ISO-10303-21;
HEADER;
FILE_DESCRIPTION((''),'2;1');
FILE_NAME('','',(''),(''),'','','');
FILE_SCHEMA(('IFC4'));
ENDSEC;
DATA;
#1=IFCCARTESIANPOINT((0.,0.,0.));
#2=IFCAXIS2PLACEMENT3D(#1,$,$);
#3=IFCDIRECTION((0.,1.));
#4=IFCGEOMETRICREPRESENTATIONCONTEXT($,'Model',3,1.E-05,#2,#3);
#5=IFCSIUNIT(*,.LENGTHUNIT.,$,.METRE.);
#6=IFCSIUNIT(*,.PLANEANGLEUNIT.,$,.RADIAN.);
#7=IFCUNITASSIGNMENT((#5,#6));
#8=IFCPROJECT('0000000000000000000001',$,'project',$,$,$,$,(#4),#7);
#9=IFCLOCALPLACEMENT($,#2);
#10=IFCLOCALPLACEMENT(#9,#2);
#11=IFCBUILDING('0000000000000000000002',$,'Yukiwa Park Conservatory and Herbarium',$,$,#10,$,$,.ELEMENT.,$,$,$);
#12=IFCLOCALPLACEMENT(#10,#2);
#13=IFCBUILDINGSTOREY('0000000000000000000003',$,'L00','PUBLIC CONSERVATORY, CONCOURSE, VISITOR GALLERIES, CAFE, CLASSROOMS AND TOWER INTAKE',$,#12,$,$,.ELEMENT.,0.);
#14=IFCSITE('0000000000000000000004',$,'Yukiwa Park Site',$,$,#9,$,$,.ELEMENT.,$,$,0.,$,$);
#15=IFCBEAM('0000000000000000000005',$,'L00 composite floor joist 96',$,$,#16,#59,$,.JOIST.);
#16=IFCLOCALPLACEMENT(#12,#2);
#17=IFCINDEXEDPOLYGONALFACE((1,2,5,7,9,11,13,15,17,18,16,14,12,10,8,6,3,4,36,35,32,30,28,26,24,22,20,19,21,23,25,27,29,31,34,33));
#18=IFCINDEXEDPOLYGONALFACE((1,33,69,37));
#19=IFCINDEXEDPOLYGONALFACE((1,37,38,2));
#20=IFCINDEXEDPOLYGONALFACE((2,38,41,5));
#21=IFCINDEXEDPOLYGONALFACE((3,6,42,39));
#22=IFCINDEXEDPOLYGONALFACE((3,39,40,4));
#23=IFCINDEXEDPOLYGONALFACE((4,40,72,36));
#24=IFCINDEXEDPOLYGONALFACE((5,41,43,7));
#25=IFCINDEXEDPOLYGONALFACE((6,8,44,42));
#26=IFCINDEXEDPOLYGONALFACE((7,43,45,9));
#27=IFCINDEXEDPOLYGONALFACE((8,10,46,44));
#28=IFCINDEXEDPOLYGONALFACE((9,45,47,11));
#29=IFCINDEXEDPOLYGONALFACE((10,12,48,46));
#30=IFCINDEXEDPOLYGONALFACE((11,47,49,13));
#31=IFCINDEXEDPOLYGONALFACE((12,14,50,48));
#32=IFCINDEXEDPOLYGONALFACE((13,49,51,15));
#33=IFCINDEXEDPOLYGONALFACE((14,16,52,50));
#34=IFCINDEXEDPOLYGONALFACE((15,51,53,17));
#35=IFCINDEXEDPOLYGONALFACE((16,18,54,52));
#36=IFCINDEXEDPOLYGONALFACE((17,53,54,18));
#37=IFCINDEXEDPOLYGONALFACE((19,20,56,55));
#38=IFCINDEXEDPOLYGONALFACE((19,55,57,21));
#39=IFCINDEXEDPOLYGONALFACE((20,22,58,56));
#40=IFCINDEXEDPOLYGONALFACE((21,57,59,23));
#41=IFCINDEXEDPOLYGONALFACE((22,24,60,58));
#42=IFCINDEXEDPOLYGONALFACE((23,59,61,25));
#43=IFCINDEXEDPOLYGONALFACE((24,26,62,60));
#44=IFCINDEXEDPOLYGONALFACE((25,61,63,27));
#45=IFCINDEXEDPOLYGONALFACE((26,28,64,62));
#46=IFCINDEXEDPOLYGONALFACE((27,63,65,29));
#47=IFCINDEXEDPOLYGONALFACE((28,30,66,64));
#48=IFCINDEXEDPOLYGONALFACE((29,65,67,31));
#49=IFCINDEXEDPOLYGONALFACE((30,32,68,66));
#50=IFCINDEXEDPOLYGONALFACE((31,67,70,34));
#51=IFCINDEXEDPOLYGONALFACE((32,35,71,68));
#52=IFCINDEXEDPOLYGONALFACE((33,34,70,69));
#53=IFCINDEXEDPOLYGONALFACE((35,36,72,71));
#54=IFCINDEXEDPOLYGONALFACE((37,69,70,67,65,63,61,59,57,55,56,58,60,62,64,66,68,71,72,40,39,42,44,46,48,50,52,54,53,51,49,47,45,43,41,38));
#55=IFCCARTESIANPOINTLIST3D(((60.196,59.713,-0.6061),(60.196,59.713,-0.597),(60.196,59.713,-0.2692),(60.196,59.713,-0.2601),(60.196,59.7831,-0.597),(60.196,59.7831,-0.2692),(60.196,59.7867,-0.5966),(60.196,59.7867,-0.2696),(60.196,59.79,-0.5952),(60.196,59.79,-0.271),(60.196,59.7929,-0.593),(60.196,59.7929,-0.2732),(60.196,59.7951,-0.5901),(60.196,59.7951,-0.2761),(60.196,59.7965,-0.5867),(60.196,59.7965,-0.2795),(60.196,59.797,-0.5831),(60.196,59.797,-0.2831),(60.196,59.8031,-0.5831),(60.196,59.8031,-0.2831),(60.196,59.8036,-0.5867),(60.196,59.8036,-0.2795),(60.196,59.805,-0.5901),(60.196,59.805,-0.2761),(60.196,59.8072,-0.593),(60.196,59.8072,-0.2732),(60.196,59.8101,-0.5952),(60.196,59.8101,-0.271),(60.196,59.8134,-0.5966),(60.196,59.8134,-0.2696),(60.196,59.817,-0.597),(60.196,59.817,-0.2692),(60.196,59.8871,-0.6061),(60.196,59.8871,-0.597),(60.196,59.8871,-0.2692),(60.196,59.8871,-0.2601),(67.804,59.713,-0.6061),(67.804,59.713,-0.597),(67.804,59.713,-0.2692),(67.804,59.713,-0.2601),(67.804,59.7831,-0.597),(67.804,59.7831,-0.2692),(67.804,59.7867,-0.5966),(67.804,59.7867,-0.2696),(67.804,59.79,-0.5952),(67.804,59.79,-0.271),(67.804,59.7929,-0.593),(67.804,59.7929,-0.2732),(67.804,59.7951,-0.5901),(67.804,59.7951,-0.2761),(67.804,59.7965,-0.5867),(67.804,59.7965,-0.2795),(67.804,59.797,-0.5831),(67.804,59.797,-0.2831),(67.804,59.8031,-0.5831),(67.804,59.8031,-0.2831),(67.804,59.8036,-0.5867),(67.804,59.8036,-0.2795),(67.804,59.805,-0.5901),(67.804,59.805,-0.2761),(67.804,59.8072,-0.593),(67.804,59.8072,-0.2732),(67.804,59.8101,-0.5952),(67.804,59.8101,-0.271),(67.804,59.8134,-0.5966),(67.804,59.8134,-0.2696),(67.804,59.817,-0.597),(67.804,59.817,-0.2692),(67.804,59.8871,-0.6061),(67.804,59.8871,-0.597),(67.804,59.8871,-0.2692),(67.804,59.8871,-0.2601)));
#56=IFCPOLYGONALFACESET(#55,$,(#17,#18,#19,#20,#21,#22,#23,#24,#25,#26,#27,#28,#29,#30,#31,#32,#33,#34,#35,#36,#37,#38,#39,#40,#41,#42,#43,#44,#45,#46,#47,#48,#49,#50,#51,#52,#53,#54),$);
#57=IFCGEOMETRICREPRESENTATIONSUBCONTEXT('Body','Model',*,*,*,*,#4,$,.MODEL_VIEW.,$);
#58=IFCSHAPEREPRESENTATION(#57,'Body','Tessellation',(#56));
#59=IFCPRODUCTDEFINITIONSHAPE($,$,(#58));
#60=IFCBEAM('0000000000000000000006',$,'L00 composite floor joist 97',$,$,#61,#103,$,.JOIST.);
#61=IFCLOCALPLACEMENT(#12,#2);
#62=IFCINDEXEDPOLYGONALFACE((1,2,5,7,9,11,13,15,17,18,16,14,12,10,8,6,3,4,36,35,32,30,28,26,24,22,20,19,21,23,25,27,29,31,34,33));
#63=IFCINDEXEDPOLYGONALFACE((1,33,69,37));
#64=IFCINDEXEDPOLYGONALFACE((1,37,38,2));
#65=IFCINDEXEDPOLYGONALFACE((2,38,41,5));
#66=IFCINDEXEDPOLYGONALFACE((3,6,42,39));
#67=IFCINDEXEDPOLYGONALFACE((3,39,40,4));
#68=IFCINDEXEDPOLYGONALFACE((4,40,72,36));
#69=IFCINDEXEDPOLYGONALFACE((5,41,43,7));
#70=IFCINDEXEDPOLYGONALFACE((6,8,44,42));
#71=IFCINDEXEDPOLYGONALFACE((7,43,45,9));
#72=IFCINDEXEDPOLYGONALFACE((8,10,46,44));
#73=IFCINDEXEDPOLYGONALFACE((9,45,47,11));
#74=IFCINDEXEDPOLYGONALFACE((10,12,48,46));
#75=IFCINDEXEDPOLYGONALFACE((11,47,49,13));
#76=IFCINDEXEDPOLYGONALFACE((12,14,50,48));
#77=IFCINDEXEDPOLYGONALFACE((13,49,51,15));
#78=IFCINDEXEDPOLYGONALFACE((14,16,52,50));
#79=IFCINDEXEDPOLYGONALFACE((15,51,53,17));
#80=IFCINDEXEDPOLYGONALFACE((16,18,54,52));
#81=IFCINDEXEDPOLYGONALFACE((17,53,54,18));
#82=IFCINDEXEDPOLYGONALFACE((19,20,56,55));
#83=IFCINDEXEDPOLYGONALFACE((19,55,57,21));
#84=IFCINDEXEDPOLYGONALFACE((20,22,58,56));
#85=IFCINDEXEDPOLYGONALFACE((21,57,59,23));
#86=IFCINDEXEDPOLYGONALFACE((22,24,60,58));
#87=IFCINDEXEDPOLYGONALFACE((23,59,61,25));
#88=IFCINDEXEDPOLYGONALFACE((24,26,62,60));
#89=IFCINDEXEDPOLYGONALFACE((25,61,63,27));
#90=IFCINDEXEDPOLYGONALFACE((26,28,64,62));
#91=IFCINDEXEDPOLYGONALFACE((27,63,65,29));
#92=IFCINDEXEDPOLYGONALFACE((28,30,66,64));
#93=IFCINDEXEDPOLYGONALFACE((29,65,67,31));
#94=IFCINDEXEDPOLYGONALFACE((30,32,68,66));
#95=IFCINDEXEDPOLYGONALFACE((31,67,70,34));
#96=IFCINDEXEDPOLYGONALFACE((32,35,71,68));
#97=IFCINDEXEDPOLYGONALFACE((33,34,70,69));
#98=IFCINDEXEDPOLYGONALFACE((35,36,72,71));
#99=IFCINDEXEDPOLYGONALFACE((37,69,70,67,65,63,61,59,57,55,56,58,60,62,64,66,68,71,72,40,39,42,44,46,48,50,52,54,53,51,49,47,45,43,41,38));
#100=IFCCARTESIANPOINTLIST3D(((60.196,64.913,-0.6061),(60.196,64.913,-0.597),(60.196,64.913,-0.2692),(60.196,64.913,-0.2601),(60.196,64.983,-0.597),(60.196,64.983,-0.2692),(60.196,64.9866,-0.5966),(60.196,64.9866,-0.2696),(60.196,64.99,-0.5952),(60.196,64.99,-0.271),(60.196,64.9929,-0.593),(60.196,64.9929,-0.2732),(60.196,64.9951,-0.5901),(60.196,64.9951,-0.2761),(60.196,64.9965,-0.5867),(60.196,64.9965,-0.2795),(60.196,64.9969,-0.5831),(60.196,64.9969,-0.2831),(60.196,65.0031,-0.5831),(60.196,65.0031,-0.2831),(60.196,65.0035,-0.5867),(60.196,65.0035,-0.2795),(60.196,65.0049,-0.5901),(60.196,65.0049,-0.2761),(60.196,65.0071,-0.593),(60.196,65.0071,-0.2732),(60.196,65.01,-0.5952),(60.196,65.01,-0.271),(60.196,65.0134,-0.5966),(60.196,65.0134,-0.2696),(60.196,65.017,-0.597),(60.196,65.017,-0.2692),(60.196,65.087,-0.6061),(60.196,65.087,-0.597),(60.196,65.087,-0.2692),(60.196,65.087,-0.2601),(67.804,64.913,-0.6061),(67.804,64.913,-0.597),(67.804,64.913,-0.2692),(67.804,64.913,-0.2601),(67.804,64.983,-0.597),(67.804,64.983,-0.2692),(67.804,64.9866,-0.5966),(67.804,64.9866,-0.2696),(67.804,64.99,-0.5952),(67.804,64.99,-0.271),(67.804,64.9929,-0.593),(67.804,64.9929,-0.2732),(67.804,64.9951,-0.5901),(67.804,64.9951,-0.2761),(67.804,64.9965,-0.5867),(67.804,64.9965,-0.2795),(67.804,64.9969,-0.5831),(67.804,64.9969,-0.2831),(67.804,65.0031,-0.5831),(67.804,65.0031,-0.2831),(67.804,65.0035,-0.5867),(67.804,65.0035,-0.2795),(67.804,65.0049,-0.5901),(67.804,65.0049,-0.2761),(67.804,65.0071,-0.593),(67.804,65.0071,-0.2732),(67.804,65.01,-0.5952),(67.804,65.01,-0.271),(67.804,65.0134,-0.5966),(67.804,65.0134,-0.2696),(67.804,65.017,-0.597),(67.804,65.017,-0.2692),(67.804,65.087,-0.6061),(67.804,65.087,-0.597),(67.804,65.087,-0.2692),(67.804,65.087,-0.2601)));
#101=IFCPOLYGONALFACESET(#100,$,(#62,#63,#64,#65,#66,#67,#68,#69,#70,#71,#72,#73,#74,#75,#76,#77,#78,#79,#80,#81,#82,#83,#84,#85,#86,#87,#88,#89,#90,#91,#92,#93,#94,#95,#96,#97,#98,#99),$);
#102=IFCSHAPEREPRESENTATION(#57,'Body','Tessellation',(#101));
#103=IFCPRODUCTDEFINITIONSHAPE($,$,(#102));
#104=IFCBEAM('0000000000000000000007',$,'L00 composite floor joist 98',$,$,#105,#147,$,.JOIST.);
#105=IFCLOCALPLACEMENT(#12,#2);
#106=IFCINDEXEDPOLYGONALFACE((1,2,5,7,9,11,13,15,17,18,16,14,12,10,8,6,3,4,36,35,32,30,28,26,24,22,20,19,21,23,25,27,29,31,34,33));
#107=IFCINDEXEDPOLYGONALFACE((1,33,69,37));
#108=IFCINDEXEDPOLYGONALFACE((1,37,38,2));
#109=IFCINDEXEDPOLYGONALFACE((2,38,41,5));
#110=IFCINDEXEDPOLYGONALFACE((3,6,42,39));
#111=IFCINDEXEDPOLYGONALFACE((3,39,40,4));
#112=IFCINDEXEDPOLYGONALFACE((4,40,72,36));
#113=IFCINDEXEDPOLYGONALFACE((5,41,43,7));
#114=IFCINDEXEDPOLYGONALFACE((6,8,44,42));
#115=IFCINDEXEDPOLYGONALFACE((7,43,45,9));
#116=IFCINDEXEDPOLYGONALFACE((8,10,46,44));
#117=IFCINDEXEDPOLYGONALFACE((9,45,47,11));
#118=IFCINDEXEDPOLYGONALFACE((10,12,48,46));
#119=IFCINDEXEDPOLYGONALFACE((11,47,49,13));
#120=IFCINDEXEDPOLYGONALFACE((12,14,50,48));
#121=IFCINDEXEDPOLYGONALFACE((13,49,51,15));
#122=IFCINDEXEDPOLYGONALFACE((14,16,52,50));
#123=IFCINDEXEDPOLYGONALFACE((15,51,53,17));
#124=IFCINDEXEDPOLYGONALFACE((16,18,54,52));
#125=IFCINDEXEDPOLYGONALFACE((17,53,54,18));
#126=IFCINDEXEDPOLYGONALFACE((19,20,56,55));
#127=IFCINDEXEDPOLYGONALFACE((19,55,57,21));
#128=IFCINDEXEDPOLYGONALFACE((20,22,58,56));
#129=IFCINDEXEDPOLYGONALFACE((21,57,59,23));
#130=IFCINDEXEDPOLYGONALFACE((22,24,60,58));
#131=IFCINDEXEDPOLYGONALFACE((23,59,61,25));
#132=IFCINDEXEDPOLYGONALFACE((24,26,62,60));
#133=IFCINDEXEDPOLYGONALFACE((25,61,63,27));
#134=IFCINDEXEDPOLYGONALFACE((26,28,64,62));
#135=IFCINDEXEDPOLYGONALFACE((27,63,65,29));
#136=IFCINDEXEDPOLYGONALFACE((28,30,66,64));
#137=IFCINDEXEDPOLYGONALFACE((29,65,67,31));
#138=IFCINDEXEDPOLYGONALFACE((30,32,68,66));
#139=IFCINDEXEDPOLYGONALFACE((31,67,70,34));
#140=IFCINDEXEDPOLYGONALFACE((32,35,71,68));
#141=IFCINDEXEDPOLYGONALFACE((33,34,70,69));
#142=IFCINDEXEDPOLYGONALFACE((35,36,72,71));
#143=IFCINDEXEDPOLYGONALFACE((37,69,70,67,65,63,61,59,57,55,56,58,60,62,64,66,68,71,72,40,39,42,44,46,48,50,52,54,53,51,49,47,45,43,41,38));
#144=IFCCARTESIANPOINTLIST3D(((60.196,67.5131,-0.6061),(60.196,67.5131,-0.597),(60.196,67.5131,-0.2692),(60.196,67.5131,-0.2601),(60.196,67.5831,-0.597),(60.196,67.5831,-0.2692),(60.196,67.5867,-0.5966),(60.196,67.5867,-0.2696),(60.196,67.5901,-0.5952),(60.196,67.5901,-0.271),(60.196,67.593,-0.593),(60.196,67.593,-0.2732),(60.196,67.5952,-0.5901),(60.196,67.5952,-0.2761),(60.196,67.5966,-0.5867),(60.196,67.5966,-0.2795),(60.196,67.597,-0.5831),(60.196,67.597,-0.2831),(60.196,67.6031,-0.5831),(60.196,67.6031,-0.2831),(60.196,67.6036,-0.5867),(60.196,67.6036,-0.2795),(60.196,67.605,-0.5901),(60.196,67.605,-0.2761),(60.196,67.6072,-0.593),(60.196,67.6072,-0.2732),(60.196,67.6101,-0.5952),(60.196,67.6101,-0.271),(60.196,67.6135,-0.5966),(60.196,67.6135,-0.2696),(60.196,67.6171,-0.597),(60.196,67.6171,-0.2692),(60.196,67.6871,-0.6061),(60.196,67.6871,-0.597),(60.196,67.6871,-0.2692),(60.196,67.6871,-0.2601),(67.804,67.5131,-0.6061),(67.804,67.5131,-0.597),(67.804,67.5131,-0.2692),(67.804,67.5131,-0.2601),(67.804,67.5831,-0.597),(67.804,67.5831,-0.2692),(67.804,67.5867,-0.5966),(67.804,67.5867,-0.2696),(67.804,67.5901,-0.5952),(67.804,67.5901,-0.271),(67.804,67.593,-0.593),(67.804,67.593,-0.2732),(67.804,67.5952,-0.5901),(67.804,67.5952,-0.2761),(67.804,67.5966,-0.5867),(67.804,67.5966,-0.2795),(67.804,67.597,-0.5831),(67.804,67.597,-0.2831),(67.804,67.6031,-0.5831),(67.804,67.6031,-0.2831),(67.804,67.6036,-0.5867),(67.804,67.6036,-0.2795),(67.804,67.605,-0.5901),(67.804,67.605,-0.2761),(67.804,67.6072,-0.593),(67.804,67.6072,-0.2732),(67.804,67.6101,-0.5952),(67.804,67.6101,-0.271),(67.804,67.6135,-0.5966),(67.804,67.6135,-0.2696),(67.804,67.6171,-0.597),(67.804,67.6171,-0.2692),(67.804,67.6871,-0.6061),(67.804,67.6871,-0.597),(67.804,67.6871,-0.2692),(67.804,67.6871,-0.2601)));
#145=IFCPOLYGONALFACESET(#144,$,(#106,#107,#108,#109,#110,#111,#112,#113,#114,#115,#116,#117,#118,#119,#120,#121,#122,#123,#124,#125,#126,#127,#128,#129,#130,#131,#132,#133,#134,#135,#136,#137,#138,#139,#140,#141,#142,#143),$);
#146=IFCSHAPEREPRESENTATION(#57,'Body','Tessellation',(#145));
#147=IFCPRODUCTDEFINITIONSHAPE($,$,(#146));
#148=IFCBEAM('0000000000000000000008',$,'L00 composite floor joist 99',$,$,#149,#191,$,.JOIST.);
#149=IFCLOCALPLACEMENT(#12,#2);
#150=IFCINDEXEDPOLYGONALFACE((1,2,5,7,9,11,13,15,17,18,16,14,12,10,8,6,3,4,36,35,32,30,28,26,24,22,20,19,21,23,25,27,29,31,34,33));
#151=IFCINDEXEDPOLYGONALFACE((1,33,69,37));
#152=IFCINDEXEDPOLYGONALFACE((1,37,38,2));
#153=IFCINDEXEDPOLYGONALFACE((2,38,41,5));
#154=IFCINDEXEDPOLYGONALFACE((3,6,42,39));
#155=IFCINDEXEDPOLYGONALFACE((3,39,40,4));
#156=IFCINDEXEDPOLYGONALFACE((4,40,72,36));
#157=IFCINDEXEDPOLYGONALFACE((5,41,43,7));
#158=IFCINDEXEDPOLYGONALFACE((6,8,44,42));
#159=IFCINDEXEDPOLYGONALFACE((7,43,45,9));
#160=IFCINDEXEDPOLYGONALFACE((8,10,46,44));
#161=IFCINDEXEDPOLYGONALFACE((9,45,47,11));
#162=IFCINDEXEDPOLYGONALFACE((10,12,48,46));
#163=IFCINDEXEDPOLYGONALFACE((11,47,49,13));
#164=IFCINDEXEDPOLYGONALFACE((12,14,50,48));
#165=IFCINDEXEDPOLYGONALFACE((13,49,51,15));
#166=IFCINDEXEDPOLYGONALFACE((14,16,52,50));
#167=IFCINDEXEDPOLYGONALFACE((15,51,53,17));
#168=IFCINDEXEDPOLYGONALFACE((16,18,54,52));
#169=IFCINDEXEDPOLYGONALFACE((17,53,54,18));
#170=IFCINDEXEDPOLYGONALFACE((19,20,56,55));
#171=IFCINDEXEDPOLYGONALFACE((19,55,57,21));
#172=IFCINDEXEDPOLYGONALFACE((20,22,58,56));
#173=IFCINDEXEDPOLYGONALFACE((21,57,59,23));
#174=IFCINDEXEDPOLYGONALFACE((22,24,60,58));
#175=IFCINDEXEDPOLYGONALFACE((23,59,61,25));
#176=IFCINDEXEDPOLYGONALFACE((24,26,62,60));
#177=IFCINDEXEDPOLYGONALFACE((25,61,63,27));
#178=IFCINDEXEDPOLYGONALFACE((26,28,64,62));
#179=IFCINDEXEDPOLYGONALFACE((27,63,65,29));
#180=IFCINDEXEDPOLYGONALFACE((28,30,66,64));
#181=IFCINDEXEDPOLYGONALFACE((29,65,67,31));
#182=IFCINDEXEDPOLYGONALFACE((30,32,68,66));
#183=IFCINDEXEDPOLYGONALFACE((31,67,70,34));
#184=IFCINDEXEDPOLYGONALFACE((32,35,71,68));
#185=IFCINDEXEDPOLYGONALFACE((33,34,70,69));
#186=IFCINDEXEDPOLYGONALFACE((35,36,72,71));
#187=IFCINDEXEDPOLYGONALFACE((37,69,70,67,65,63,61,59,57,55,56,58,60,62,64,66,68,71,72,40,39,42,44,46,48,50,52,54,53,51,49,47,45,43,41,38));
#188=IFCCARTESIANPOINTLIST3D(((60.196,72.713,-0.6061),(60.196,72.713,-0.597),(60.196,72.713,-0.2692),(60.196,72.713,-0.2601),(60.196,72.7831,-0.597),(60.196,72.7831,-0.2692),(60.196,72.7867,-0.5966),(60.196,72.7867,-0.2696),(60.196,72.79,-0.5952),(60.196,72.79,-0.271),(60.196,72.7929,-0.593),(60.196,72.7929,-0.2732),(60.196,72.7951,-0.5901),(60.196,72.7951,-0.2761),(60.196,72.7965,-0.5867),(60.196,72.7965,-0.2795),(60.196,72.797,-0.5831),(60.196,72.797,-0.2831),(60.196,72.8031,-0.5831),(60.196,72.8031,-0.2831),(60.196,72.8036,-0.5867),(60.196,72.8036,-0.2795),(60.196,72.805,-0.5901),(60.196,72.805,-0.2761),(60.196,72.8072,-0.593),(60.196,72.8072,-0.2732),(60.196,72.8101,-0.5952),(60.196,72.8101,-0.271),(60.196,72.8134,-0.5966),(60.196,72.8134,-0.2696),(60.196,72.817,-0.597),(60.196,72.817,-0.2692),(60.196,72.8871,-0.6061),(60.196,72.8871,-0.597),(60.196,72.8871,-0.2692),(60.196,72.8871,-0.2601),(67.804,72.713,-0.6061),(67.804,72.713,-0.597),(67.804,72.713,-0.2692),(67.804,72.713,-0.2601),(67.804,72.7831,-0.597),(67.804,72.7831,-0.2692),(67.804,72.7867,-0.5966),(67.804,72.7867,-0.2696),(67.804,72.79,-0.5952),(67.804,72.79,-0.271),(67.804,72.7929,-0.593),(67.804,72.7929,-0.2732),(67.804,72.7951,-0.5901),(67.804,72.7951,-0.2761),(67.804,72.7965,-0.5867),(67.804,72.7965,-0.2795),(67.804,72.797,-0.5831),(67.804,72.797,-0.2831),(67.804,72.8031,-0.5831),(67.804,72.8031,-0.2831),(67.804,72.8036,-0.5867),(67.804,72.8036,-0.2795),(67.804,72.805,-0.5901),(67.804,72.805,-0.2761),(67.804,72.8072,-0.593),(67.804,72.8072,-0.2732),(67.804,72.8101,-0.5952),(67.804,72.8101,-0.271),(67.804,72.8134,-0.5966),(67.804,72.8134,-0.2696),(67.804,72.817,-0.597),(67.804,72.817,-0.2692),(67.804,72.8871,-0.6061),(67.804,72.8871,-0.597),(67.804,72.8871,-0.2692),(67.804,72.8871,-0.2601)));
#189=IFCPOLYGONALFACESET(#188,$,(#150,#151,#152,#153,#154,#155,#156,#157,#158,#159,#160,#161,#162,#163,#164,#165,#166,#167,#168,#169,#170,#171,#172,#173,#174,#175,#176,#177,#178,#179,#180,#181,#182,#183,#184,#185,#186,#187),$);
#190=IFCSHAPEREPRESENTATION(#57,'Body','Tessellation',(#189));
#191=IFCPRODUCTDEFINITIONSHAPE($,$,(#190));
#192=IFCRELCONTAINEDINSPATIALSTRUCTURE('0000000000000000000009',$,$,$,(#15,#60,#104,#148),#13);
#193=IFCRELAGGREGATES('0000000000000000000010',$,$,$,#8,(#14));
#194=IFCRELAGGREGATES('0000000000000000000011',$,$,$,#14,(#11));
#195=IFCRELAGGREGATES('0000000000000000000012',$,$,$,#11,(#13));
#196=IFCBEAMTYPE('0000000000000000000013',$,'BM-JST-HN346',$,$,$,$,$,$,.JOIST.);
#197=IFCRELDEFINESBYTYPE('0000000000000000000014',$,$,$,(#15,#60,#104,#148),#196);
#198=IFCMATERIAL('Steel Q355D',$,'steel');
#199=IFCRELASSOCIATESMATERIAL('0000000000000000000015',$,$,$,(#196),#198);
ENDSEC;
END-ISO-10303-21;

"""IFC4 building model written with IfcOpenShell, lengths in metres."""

from ifc_helpers import new_model, si_unit, direction, frame, origin, origin_2d, place, context, subcontext, project, spatial, i_section, extrude, material, material_profile, profile_set, type_object, element, save


model = new_model("IFC4")

# Units and contexts
model_context = context("Model", 3, precision=1e-05, world=origin(), true_north=direction((0.0, 1.0)))
body_context = subcontext(model_context, "Body", "Model", "MODEL_VIEW")
ifc_project = project(units=[si_unit("LENGTHUNIT", "METRE"), si_unit("PLANEANGLEUNIT", "RADIAN")], contexts=[model_context])

# Site, building, storey
site_placement = place(None, origin())
site = spatial("IfcSite", under=ifc_project, at=site_placement, Name="Yukiwa Park Site", CompositionType="ELEMENT", RefElevation=0.0)
building_placement = place(site_placement, origin())
building = spatial("IfcBuilding", under=site, at=building_placement, Name="Yukiwa Park Conservatory and Herbarium", CompositionType="ELEMENT")
storey_placement = place(building_placement, origin())
storey = spatial("IfcBuildingStorey", under=building, at=storey_placement, Name="L00", Description="PUBLIC CONSERVATORY, CONCOURSE, VISITOR GALLERIES, CAFE, CLASSROOMS AND TOWER INTAKE", CompositionType="ELEMENT", Elevation=0.0)

# Beams
ifc_material_1 = material(Name="Steel Q355D", Category="steel")
ifc_material_profile_1 = material_profile(ifc_material_1, i_section(OverallWidth=0.1741, OverallDepth=0.3459, WebThickness=0.0061, FlangeThickness=0.009, FilletRadius=0.0139, at=origin_2d()), Name="HN 346x174x6x9")
ifc_profile_set_1 = profile_set([ifc_material_profile_1], Name="Steel Q355D")
beam_type_1 = type_object("IfcBeamType", Name="BM-JST-HN346", PredefinedType="JOIST", material=ifc_profile_set_1)
for number, where, z_axis, x_axis, name in (
    (1, (60.196, 59.8, -0.4331), (1.0, 0.0, 0.0), (0.0, 1.0, 0.0), "L00 composite floor joist 96"),
    (2, (60.196, 65.0, -0.4331), (1.0, 0.0, 0.0), (0.0, 1.0, 0.0), "L00 composite floor joist 97"),
    (3, (60.196, 67.6001, -0.4331), (1.0, 0.0, 0.0), (0.0, 1.0, 0.0), "L00 composite floor joist 98"),
    (4, (60.196, 72.8, -0.4331), (1.0, 0.0, 0.0), (0.0, 1.0, 0.0), "L00 composite floor joist 99"),
):
    element("IfcBeam", number, at=place(storey_placement, frame(where, z_axis=z_axis, x_axis=x_axis)), inside=storey, type_object=beam_type_1, Name=name, PredefinedType="JOIST", context=body_context, shape_type="SweptSolid", body=[
        extrude(i_section(OverallWidth=0.1741, OverallDepth=0.3459, WebThickness=0.0061, FlangeThickness=0.009, FilletRadius=0.0139, at=origin_2d()), origin(), (0.0, 0.0, 1.0), 7.6079),
    ])

save(model, "model.ifc")
